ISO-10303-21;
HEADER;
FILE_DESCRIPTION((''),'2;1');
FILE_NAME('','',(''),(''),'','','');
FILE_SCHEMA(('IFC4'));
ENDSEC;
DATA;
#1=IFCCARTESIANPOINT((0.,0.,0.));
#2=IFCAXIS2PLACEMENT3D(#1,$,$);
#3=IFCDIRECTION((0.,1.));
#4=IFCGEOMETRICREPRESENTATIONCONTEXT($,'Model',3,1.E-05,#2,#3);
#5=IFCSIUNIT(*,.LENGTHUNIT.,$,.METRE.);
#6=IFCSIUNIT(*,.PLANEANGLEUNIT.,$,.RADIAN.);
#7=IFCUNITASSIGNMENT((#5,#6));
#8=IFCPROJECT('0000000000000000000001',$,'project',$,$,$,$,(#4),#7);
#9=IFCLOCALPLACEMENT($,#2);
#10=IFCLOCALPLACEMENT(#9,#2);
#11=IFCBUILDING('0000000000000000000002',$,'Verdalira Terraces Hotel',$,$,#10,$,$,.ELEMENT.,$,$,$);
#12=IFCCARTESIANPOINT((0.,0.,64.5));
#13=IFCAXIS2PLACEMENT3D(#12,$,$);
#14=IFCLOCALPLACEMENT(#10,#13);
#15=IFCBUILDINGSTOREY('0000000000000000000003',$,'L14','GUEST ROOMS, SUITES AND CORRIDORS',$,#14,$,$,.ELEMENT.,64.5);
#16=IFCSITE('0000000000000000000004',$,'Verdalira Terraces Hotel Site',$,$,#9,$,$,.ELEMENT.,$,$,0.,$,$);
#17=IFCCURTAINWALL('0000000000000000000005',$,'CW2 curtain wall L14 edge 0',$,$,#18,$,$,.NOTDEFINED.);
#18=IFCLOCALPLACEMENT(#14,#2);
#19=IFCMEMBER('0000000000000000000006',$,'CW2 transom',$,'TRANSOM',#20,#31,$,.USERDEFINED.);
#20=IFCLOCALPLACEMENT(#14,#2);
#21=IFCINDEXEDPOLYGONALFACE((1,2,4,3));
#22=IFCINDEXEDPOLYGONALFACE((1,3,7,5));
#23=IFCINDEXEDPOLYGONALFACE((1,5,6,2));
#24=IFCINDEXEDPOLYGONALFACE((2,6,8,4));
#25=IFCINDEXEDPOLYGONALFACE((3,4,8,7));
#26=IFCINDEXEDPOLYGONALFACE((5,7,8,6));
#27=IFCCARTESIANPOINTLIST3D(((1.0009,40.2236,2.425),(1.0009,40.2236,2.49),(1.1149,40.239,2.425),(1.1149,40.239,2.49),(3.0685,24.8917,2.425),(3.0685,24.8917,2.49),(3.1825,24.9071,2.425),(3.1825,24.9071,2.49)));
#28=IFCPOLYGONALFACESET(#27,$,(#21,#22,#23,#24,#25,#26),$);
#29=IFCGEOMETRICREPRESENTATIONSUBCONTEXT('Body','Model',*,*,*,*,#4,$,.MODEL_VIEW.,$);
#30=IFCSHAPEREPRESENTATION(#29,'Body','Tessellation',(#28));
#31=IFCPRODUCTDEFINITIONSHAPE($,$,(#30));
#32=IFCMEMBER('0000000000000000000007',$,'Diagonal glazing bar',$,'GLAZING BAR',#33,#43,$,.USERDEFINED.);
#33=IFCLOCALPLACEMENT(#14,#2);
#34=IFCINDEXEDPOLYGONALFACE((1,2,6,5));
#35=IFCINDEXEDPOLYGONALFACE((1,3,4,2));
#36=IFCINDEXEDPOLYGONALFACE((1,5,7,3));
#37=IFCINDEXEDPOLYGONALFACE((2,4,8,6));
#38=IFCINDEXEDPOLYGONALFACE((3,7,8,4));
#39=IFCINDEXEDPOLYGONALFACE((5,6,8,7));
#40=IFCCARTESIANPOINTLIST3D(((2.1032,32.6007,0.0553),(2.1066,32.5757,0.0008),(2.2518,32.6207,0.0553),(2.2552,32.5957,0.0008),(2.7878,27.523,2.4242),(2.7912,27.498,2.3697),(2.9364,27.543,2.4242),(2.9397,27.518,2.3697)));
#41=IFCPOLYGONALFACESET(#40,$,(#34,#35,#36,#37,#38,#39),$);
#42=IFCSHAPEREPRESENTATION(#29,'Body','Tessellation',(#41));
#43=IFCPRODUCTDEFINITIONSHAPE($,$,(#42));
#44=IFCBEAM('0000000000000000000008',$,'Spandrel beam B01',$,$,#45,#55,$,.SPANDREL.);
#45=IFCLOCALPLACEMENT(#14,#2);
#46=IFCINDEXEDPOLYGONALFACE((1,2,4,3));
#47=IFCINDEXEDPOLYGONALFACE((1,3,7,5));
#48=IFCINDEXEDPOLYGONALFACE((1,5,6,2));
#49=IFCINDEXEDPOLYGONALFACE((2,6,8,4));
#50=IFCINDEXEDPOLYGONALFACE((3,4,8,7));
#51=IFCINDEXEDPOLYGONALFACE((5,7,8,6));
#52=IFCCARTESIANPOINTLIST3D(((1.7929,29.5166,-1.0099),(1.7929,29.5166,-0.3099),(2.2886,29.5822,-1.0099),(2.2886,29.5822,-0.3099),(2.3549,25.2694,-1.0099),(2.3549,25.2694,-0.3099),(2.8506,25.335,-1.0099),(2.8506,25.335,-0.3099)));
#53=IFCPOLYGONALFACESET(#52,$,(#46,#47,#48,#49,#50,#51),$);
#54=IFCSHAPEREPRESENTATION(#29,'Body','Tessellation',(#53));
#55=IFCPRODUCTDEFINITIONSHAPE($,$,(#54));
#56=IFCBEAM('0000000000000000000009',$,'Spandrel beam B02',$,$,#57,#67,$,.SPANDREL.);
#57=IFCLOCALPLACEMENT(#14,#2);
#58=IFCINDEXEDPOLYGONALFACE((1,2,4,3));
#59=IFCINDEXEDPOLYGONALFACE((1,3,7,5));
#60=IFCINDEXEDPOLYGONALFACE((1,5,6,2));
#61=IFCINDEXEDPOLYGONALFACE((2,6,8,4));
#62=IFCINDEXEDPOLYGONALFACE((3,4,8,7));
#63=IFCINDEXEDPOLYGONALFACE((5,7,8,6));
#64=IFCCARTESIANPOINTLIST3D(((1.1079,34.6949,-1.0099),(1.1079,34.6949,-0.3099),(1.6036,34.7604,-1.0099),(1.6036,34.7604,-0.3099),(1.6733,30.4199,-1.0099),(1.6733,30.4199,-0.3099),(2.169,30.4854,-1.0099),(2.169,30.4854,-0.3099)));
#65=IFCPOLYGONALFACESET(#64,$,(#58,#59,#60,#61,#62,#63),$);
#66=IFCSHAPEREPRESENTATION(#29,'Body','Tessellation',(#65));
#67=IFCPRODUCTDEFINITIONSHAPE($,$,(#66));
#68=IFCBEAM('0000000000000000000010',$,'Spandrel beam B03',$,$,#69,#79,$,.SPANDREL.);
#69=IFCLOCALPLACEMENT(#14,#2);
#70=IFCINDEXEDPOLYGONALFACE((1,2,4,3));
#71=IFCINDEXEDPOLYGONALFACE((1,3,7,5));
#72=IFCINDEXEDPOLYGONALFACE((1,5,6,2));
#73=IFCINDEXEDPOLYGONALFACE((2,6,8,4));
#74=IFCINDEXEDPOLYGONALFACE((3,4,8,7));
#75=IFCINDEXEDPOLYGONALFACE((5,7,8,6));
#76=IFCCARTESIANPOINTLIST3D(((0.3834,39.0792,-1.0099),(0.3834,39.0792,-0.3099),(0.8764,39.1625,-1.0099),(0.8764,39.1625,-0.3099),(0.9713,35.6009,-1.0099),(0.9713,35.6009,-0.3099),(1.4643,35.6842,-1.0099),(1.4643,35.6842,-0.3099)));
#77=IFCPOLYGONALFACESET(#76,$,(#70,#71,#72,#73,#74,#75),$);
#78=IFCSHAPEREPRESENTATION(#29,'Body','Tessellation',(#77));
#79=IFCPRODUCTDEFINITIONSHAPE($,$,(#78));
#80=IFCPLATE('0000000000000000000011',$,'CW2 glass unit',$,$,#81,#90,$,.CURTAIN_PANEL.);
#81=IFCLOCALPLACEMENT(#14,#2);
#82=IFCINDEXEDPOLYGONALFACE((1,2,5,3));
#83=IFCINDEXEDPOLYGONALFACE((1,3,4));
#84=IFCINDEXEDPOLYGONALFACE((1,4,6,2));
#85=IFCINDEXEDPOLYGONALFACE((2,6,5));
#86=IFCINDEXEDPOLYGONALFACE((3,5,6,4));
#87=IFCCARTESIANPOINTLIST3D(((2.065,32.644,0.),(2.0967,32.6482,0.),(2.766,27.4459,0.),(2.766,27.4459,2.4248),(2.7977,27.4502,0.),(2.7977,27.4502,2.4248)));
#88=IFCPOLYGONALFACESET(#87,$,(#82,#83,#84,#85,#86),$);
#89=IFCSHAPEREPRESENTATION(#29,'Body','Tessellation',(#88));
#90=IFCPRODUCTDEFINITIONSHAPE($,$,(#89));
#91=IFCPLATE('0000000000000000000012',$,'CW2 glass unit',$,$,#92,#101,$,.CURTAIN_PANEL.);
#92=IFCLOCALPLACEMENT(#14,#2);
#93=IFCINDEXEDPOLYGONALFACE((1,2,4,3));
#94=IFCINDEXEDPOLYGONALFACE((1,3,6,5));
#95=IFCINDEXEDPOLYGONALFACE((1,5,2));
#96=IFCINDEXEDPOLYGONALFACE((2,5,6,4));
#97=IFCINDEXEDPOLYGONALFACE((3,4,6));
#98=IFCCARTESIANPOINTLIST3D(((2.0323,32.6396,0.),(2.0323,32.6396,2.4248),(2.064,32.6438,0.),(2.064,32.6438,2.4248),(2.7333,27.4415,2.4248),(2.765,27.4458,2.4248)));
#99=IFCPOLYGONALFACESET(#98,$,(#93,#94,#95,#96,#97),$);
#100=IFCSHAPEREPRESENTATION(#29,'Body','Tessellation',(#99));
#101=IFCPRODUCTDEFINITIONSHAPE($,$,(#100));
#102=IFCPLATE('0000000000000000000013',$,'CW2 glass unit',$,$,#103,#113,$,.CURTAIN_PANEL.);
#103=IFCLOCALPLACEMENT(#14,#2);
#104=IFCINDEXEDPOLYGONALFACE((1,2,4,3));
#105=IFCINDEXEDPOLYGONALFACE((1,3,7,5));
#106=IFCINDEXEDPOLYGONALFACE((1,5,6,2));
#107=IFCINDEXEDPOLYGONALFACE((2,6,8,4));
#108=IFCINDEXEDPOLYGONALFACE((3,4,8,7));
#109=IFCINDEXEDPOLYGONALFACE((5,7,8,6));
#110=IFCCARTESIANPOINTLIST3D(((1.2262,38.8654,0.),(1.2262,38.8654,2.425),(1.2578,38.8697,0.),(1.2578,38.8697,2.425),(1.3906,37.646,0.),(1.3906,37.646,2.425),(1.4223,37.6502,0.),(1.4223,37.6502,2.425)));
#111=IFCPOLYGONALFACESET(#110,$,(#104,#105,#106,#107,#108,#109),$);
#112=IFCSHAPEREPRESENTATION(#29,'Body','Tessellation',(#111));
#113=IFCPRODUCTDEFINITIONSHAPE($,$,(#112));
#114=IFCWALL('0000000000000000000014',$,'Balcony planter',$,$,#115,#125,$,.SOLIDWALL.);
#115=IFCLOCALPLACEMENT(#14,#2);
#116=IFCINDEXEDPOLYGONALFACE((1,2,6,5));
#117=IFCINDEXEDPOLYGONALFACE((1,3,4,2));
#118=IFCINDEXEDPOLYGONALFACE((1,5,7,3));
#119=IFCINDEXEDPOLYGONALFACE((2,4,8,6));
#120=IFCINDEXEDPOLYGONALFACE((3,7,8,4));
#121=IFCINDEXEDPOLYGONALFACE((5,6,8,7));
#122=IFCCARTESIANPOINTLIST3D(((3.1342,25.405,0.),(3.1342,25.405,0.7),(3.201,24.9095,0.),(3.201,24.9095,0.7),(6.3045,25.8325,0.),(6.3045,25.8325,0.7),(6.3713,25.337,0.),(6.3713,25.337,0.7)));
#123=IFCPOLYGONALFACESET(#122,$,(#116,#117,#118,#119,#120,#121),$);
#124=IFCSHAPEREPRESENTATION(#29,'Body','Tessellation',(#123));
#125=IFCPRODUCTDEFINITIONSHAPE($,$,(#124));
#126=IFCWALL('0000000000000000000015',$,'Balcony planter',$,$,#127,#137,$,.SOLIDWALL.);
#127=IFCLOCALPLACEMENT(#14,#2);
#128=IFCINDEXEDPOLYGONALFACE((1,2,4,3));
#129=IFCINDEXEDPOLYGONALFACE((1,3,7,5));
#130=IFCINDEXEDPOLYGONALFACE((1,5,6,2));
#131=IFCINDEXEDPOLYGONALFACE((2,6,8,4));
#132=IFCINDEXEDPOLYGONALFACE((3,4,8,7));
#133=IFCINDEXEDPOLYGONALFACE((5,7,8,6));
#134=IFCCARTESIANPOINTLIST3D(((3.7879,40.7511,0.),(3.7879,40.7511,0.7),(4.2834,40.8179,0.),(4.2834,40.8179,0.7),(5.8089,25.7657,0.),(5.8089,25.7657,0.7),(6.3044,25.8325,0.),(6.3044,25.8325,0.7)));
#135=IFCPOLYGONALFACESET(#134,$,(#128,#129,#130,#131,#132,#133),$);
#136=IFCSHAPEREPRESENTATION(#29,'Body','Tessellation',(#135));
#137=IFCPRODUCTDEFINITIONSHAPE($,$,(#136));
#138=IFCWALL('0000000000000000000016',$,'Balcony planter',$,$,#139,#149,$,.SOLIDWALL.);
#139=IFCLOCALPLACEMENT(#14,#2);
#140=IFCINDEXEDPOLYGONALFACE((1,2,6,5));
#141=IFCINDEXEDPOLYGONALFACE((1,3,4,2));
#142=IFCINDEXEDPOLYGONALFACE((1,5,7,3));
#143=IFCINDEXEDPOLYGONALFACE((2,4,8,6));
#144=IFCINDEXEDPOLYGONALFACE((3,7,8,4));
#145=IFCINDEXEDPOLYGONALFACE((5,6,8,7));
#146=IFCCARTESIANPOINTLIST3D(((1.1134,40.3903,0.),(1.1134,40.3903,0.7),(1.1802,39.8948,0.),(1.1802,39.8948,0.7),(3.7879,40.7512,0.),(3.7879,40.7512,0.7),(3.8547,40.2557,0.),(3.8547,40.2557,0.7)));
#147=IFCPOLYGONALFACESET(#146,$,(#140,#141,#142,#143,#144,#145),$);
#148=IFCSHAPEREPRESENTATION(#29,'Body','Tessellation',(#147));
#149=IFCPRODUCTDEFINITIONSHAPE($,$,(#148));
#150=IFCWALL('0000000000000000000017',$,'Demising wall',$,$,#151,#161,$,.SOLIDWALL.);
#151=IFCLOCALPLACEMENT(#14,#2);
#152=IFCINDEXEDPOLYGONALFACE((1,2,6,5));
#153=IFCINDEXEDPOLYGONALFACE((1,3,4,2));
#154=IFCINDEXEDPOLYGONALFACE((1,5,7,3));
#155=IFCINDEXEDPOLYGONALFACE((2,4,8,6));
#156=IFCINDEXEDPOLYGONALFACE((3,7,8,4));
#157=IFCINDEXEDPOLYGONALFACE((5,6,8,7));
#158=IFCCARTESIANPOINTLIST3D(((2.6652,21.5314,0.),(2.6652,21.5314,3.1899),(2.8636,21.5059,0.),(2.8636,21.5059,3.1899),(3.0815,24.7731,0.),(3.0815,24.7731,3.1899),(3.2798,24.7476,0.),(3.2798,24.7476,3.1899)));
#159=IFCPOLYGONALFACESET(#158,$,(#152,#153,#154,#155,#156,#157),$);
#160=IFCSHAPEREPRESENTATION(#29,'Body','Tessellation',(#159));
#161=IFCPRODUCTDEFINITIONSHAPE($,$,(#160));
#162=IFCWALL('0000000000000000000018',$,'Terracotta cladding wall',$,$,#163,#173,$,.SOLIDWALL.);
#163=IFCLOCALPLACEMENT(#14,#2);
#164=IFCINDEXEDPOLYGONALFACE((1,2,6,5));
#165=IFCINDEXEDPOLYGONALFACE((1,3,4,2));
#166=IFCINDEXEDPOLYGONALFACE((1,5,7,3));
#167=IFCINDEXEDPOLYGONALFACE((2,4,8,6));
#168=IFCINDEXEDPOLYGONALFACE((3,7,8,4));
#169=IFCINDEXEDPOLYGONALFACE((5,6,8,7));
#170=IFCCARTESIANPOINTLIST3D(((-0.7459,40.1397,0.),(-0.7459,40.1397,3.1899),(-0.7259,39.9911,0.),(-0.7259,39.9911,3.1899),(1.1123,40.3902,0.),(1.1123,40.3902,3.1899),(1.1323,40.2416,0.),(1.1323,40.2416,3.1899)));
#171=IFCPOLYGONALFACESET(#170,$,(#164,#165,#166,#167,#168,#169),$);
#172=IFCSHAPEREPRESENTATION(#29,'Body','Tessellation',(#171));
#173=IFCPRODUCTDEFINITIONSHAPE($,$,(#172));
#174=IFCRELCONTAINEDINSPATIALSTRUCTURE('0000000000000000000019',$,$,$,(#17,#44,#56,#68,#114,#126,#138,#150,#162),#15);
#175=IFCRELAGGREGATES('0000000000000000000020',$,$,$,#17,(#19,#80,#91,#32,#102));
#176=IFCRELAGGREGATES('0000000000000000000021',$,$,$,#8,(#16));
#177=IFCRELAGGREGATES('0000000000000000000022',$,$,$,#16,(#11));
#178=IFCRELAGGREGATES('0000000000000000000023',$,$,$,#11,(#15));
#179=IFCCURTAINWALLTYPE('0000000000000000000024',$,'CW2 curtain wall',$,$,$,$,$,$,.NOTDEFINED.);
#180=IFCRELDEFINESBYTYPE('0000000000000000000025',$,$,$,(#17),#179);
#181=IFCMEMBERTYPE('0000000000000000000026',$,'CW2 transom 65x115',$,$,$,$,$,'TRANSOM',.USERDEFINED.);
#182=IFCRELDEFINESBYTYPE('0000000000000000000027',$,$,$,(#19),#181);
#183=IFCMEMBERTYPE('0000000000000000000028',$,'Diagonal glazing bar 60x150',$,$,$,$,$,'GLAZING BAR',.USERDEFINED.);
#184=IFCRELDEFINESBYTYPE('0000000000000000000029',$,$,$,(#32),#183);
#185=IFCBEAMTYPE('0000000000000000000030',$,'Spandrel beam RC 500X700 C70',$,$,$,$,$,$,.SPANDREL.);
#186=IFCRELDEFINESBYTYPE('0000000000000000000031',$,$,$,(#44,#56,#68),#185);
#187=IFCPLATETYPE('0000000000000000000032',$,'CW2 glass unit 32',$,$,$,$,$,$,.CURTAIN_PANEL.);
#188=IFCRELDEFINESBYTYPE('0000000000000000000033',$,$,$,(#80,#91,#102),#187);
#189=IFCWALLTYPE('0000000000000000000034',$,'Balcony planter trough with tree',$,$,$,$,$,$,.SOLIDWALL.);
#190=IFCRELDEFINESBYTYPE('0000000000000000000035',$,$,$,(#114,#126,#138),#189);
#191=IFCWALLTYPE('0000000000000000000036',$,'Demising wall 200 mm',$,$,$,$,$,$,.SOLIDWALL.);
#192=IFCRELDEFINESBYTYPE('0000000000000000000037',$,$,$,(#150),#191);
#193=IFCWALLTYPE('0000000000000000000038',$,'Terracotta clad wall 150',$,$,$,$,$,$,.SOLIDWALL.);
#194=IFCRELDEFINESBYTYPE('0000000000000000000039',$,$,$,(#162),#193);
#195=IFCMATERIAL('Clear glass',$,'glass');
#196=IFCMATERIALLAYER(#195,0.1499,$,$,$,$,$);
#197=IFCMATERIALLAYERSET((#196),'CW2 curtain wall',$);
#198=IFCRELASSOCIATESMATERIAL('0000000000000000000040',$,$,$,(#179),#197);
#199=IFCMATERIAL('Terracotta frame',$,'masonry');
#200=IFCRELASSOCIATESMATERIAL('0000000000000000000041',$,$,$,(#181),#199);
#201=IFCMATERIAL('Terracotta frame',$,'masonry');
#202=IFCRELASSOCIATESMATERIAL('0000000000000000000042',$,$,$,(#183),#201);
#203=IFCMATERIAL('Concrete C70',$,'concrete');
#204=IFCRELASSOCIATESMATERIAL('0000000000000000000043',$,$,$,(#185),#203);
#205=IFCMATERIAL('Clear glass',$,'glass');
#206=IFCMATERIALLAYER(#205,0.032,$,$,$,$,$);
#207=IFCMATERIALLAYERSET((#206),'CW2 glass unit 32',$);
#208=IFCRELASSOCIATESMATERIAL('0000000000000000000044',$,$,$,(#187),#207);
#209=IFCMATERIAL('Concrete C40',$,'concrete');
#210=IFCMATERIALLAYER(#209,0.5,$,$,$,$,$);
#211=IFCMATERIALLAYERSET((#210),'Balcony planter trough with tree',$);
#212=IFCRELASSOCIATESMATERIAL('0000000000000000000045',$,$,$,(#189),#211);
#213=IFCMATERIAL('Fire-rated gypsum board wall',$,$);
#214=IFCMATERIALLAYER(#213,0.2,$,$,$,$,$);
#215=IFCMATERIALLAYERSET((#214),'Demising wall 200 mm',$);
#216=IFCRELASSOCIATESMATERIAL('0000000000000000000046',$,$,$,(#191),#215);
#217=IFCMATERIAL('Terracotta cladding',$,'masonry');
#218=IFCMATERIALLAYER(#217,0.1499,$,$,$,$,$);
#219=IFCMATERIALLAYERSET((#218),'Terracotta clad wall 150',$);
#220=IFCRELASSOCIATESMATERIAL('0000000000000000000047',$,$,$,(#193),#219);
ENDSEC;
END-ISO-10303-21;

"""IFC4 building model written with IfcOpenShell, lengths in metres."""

from ifc_helpers import new_model, si_unit, direction, frame, frame_2d, origin, origin_2d, place, context, subcontext, project, spatial, polyline, rectangle, outline, extrude, material, layer, layer_set, material_profile, profile_set, type_object, element, aggregate, save


model = new_model("IFC4")

# Units and contexts
model_context = context("Model", 3, precision=1e-05, world=origin(), true_north=direction((0.0, 1.0)))
body_context = subcontext(model_context, "Body", "Model", "MODEL_VIEW")
ifc_project = project(units=[si_unit("LENGTHUNIT", "METRE"), si_unit("PLANEANGLEUNIT", "RADIAN")], contexts=[model_context])

# Site, building, storey
site_placement = place(None, origin())
site = spatial("IfcSite", under=ifc_project, at=site_placement, Name="Verdalira Terraces Hotel Site", CompositionType="ELEMENT", RefElevation=0.0)
building_placement = place(site_placement, origin())
building = spatial("IfcBuilding", under=site, at=building_placement, Name="Verdalira Terraces Hotel", CompositionType="ELEMENT")
storey_placement = place(building_placement, frame((0.0, 0.0, 64.5)))
storey = spatial("IfcBuildingStorey", under=building, at=storey_placement, Name="L14", Description="GUEST ROOMS, SUITES AND CORRIDORS", CompositionType="ELEMENT", Elevation=64.5)

# Curtain wall, members
ifc_material_1 = material(Name="Clear glass", Category="glass")
ifc_layer_1 = layer(ifc_material_1, 0.1499)
ifc_layer_set_1 = layer_set([ifc_layer_1], Name="CW2 curtain wall")
curtain_wall_type_1 = type_object("IfcCurtainWallType", Name="CW2 curtain wall", PredefinedType="NOTDEFINED", material=ifc_layer_set_1)
curtain_wall_1_placement = place(storey_placement, origin())
curtain_wall_1 = element("IfcCurtainWall", 1, at=curtain_wall_1_placement, inside=storey, type_object=curtain_wall_type_1, Name="CW2 curtain wall L14 edge 0", PredefinedType="NOTDEFINED")
ifc_material_2 = material(Name="Terracotta frame", Category="masonry")
ifc_material_profile_1 = material_profile(ifc_material_2, rectangle(XDim=0.115, YDim=0.0649, at=origin_2d()), Name="TR 65x115")
ifc_profile_set_1 = profile_set([ifc_material_profile_1], Name="Terracotta frame")
member_type_1 = type_object("IfcMemberType", Name="CW2 transom 65x115", ElementType="TRANSOM", PredefinedType="USERDEFINED", material=ifc_profile_set_1)
member_1_placement = place(storey_placement, frame((3.1255, 24.8994, 2.4575), z_axis=(-0.133647, 0.991029, 0.0), x_axis=(-0.991029, -0.133647, 0.0)))
member_1 = element("IfcMember", 2, at=member_1_placement, type_object=member_type_1, Name="CW2 transom", ObjectType="TRANSOM", PredefinedType="USERDEFINED", context=body_context, shape_type="SweptSolid", body=[
    extrude(rectangle(XDim=0.115, YDim=0.0649, at=origin_2d()), origin(), (0.0, 0.0, 1.0), 15.4707),
])
ifc_material_3 = material(Name="Terracotta frame", Category="masonry")
ifc_material_profile_2 = material_profile(ifc_material_3, rectangle(XDim=0.1499, YDim=0.0601, at=origin_2d()), Name="GB 60x150")
ifc_profile_set_2 = profile_set([ifc_material_profile_2], Name="Terracotta frame")
member_type_2 = type_object("IfcMemberType", Name="Diagonal glazing bar 60x150", ElementType="GLAZING BAR", PredefinedType="USERDEFINED", material=ifc_profile_set_2)
member_2_placement = place(storey_placement, frame((2.8638, 27.5205, 2.397), z_axis=(-0.121277, 0.89954, -0.419667), x_axis=(-0.991034, -0.133612, 0.0)))
member_2 = element("IfcMember", 3, at=member_2_placement, type_object=member_type_2, Name="Diagonal glazing bar", ObjectType="GLAZING BAR", PredefinedType="USERDEFINED", context=body_context, shape_type="SweptSolid", body=[
    extrude(rectangle(XDim=0.1499, YDim=0.0601, at=origin_2d()), origin(), (0.0, 0.0, 1.0), 5.6448),
])

# Beams
ifc_material_4 = material(Name="Concrete C70", Category="concrete")
ifc_material_profile_3 = material_profile(ifc_material_4, rectangle(XDim=0.5, YDim=0.7, at=origin_2d()), Name="RC 500X700")
ifc_profile_set_3 = profile_set([ifc_material_profile_3], Name="Concrete C70")
beam_type_1 = type_object("IfcBeamType", Name="Spandrel beam RC 500X700 C70", PredefinedType="SPANDREL", material=ifc_profile_set_3)
beam_1_placement = place(storey_placement, frame((2.6028, 25.3022, -0.6599), z_axis=(-0.131186, 0.991358, 0.0), x_axis=(-0.991358, -0.131186, 0.0)))
element("IfcBeam", 4, at=beam_1_placement, inside=storey, type_object=beam_type_1, Name="Spandrel beam B01", PredefinedType="SPANDREL", context=body_context, shape_type="SweptSolid", body=[
    extrude(rectangle(XDim=0.5, YDim=0.7, at=origin_2d()), origin(), (0.0, 0.0, 1.0), 4.2842),
])
beam_2_placement = place(storey_placement, frame((1.9211, 30.4526, -0.6599), z_axis=(-0.131118, 0.991367, 0.0), x_axis=(-0.991367, -0.131118, 0.0)))
element("IfcBeam", 5, at=beam_2_placement, inside=storey, type_object=beam_type_1, Name="Spandrel beam B02", PredefinedType="SPANDREL", context=body_context, shape_type="SweptSolid", body=[
    extrude(rectangle(XDim=0.5, YDim=0.7, at=origin_2d()), origin(), (0.0, 0.0, 1.0), 4.3123),
])
beam_3_placement = place(storey_placement, frame((1.2178, 35.6426, -0.6599), z_axis=(-0.166654, 0.986015, 0.0), x_axis=(-0.986015, -0.166654, 0.0)))
element("IfcBeam", 6, at=beam_3_placement, inside=storey, type_object=beam_type_1, Name="Spandrel beam B03", PredefinedType="SPANDREL", context=body_context, shape_type="SweptSolid", body=[
    extrude(rectangle(XDim=0.5, YDim=0.7, at=origin_2d()), origin(), (0.0, 0.0, 1.0), 3.5276),
])

# Plates
ifc_material_5 = material(Name="Clear glass", Category="glass")
ifc_layer_2 = layer(ifc_material_5, 0.032)
ifc_layer_set_2 = layer_set([ifc_layer_2], Name="CW2 glass unit 32")
plate_type = type_object("IfcPlateType", Name="CW2 glass unit 32", PredefinedType="CURTAIN_PANEL", material=ifc_layer_set_2)
plate_1_placement = place(storey_placement, frame((2.4155, 30.0449, 1.2124), z_axis=(0.99103, 0.13364, 0.0), x_axis=(-0.13364, 0.99103, 0.0)))
plate_1 = element("IfcPlate", 7, at=plate_1_placement, type_object=plate_type, Name="CW2 glass unit", PredefinedType="CURTAIN_PANEL", context=body_context, shape_type="SweptSolid", body=[
    extrude(outline(polyline([(-2.6226, -1.2124), (2.6226, -1.2124), (-2.6226, 1.2124), (-2.6226, -1.2124)])), origin(), (0.0, 0.0, 1.0), 0.032),
])
plate_2_placement = place(storey_placement, frame((2.3828, 30.0405, 1.2124), z_axis=(0.99103, 0.13364, 0.0), x_axis=(-0.13364, 0.99103, 0.0)))
plate_2 = element("IfcPlate", 8, at=plate_2_placement, type_object=plate_type, Name="CW2 glass unit", PredefinedType="CURTAIN_PANEL", context=body_context, shape_type="SweptSolid", body=[
    extrude(outline(polyline([(2.6226, -1.2124), (2.6226, 1.2124), (-2.6226, 1.2124), (2.6226, -1.2124)])), origin(), (0.0, 0.0, 1.0), 0.032),
])
plate_3_placement = place(storey_placement, frame((1.3242, 38.2578, 0.0), z_axis=(0.0, 0.0, 1.0), x_axis=(-0.13364, 0.99103, 0.0)))
plate_3 = element("IfcPlate", 9, at=plate_3_placement, type_object=plate_type, Name="CW2 glass unit", PredefinedType="CURTAIN_PANEL", context=body_context, shape_type="SweptSolid", body=[
    extrude(rectangle(XDim=1.2305, YDim=0.032, at=origin_2d()), origin(), (0.0, 0.0, 1.0), 2.425),
])
aggregate(curtain_wall_1, [member_1, plate_1, plate_2, member_2, plate_3])

# Walls
ifc_material_6 = material(Name="Concrete C40", Category="concrete")
ifc_layer_3 = layer(ifc_material_6, 0.5)
ifc_layer_set_3 = layer_set([ifc_layer_3], Name="Balcony planter trough with tree")
wall_type_1 = type_object("IfcWallType", Name="Balcony planter trough with tree", PredefinedType="SOLIDWALL", material=ifc_layer_set_3)
wall_1_placement = place(storey_placement, frame((3.1675, 25.1572, 0.0), z_axis=(0.0, 0.0, 1.0), x_axis=(0.99103, 0.133638, 0.0)))
element("IfcWall", 10, at=wall_1_placement, inside=storey, type_object=wall_type_1, Name="Balcony planter", PredefinedType="SOLIDWALL", context=body_context, shape_type="SweptSolid", body=[
    extrude(rectangle(XDim=3.199, YDim=0.5, at=frame_2d((1.5996, 0.0))), origin(), (0.0, 0.0, 1.0), 0.7),
])
wall_2_placement = place(storey_placement, frame((6.0566, 25.7991, 0.0), z_axis=(0.0, 0.0, 1.0), x_axis=(-0.133655, 0.991028, 0.0)))
element("IfcWall", 11, at=wall_2_placement, inside=storey, type_object=wall_type_1, Name="Balcony planter", PredefinedType="SOLIDWALL", context=body_context, shape_type="SweptSolid", body=[
    extrude(rectangle(XDim=15.1211, YDim=0.5, at=frame_2d((7.5605, 0.0))), origin(), (0.0, 0.0, 1.0), 0.7),
])
wall_3_placement = place(storey_placement, frame((3.8213, 40.5034, 0.0), z_axis=(0.0, 0.0, 1.0), x_axis=(-0.991021, -0.133704, 0.0)))
element("IfcWall", 12, at=wall_3_placement, inside=storey, type_object=wall_type_1, Name="Balcony planter", PredefinedType="SOLIDWALL", context=body_context, shape_type="SweptSolid", body=[
    extrude(rectangle(XDim=2.6987, YDim=0.5, at=frame_2d((1.3494, 0.0))), origin(), (0.0, 0.0, 1.0), 0.7),
])
ifc_material_7 = material(Name="Fire-rated gypsum board wall")
ifc_layer_4 = layer(ifc_material_7, 0.2)
ifc_layer_set_4 = layer_set([ifc_layer_4], Name="Demising wall 200 mm")
wall_type_2 = type_object("IfcWallType", Name="Demising wall 200 mm", PredefinedType="SOLIDWALL", material=ifc_layer_set_4)
wall_4_placement = place(storey_placement, frame((3.1807, 24.7605, 0.0), z_axis=(0.0, 0.0, 1.0), x_axis=(-0.127362, -0.991856, 0.0)))
element("IfcWall", 13, at=wall_4_placement, inside=storey, type_object=wall_type_2, Name="Demising wall", PredefinedType="SOLIDWALL", context=body_context, shape_type="SweptSolid", body=[
    extrude(rectangle(XDim=3.2683, YDim=0.2, at=frame_2d((1.6343, 0.0))), origin(), (0.0, 0.0, 1.0), 3.1899),
])
ifc_material_8 = material(Name="Terracotta cladding", Category="masonry")
ifc_layer_5 = layer(ifc_material_8, 0.1499)
ifc_layer_set_5 = layer_set([ifc_layer_5], Name="Terracotta clad wall 150")
wall_type_3 = type_object("IfcWallType", Name="Terracotta clad wall 150", PredefinedType="SOLIDWALL", material=ifc_layer_set_5)
wall_5_placement = place(storey_placement, frame((1.1223, 40.3159, 0.0), z_axis=(0.0, 0.0, 1.0), x_axis=(-0.991036, -0.133596, 0.0)))
element("IfcWall", 14, at=wall_5_placement, inside=storey, type_object=wall_type_3, Name="Terracotta cladding wall", PredefinedType="SOLIDWALL", context=body_context, shape_type="SweptSolid", body=[
    extrude(rectangle(XDim=1.875, YDim=0.1499, at=frame_2d((0.9375, 0.0))), origin(), (0.0, 0.0, 1.0), 3.1899),
])

save(model, "model.ifc")
